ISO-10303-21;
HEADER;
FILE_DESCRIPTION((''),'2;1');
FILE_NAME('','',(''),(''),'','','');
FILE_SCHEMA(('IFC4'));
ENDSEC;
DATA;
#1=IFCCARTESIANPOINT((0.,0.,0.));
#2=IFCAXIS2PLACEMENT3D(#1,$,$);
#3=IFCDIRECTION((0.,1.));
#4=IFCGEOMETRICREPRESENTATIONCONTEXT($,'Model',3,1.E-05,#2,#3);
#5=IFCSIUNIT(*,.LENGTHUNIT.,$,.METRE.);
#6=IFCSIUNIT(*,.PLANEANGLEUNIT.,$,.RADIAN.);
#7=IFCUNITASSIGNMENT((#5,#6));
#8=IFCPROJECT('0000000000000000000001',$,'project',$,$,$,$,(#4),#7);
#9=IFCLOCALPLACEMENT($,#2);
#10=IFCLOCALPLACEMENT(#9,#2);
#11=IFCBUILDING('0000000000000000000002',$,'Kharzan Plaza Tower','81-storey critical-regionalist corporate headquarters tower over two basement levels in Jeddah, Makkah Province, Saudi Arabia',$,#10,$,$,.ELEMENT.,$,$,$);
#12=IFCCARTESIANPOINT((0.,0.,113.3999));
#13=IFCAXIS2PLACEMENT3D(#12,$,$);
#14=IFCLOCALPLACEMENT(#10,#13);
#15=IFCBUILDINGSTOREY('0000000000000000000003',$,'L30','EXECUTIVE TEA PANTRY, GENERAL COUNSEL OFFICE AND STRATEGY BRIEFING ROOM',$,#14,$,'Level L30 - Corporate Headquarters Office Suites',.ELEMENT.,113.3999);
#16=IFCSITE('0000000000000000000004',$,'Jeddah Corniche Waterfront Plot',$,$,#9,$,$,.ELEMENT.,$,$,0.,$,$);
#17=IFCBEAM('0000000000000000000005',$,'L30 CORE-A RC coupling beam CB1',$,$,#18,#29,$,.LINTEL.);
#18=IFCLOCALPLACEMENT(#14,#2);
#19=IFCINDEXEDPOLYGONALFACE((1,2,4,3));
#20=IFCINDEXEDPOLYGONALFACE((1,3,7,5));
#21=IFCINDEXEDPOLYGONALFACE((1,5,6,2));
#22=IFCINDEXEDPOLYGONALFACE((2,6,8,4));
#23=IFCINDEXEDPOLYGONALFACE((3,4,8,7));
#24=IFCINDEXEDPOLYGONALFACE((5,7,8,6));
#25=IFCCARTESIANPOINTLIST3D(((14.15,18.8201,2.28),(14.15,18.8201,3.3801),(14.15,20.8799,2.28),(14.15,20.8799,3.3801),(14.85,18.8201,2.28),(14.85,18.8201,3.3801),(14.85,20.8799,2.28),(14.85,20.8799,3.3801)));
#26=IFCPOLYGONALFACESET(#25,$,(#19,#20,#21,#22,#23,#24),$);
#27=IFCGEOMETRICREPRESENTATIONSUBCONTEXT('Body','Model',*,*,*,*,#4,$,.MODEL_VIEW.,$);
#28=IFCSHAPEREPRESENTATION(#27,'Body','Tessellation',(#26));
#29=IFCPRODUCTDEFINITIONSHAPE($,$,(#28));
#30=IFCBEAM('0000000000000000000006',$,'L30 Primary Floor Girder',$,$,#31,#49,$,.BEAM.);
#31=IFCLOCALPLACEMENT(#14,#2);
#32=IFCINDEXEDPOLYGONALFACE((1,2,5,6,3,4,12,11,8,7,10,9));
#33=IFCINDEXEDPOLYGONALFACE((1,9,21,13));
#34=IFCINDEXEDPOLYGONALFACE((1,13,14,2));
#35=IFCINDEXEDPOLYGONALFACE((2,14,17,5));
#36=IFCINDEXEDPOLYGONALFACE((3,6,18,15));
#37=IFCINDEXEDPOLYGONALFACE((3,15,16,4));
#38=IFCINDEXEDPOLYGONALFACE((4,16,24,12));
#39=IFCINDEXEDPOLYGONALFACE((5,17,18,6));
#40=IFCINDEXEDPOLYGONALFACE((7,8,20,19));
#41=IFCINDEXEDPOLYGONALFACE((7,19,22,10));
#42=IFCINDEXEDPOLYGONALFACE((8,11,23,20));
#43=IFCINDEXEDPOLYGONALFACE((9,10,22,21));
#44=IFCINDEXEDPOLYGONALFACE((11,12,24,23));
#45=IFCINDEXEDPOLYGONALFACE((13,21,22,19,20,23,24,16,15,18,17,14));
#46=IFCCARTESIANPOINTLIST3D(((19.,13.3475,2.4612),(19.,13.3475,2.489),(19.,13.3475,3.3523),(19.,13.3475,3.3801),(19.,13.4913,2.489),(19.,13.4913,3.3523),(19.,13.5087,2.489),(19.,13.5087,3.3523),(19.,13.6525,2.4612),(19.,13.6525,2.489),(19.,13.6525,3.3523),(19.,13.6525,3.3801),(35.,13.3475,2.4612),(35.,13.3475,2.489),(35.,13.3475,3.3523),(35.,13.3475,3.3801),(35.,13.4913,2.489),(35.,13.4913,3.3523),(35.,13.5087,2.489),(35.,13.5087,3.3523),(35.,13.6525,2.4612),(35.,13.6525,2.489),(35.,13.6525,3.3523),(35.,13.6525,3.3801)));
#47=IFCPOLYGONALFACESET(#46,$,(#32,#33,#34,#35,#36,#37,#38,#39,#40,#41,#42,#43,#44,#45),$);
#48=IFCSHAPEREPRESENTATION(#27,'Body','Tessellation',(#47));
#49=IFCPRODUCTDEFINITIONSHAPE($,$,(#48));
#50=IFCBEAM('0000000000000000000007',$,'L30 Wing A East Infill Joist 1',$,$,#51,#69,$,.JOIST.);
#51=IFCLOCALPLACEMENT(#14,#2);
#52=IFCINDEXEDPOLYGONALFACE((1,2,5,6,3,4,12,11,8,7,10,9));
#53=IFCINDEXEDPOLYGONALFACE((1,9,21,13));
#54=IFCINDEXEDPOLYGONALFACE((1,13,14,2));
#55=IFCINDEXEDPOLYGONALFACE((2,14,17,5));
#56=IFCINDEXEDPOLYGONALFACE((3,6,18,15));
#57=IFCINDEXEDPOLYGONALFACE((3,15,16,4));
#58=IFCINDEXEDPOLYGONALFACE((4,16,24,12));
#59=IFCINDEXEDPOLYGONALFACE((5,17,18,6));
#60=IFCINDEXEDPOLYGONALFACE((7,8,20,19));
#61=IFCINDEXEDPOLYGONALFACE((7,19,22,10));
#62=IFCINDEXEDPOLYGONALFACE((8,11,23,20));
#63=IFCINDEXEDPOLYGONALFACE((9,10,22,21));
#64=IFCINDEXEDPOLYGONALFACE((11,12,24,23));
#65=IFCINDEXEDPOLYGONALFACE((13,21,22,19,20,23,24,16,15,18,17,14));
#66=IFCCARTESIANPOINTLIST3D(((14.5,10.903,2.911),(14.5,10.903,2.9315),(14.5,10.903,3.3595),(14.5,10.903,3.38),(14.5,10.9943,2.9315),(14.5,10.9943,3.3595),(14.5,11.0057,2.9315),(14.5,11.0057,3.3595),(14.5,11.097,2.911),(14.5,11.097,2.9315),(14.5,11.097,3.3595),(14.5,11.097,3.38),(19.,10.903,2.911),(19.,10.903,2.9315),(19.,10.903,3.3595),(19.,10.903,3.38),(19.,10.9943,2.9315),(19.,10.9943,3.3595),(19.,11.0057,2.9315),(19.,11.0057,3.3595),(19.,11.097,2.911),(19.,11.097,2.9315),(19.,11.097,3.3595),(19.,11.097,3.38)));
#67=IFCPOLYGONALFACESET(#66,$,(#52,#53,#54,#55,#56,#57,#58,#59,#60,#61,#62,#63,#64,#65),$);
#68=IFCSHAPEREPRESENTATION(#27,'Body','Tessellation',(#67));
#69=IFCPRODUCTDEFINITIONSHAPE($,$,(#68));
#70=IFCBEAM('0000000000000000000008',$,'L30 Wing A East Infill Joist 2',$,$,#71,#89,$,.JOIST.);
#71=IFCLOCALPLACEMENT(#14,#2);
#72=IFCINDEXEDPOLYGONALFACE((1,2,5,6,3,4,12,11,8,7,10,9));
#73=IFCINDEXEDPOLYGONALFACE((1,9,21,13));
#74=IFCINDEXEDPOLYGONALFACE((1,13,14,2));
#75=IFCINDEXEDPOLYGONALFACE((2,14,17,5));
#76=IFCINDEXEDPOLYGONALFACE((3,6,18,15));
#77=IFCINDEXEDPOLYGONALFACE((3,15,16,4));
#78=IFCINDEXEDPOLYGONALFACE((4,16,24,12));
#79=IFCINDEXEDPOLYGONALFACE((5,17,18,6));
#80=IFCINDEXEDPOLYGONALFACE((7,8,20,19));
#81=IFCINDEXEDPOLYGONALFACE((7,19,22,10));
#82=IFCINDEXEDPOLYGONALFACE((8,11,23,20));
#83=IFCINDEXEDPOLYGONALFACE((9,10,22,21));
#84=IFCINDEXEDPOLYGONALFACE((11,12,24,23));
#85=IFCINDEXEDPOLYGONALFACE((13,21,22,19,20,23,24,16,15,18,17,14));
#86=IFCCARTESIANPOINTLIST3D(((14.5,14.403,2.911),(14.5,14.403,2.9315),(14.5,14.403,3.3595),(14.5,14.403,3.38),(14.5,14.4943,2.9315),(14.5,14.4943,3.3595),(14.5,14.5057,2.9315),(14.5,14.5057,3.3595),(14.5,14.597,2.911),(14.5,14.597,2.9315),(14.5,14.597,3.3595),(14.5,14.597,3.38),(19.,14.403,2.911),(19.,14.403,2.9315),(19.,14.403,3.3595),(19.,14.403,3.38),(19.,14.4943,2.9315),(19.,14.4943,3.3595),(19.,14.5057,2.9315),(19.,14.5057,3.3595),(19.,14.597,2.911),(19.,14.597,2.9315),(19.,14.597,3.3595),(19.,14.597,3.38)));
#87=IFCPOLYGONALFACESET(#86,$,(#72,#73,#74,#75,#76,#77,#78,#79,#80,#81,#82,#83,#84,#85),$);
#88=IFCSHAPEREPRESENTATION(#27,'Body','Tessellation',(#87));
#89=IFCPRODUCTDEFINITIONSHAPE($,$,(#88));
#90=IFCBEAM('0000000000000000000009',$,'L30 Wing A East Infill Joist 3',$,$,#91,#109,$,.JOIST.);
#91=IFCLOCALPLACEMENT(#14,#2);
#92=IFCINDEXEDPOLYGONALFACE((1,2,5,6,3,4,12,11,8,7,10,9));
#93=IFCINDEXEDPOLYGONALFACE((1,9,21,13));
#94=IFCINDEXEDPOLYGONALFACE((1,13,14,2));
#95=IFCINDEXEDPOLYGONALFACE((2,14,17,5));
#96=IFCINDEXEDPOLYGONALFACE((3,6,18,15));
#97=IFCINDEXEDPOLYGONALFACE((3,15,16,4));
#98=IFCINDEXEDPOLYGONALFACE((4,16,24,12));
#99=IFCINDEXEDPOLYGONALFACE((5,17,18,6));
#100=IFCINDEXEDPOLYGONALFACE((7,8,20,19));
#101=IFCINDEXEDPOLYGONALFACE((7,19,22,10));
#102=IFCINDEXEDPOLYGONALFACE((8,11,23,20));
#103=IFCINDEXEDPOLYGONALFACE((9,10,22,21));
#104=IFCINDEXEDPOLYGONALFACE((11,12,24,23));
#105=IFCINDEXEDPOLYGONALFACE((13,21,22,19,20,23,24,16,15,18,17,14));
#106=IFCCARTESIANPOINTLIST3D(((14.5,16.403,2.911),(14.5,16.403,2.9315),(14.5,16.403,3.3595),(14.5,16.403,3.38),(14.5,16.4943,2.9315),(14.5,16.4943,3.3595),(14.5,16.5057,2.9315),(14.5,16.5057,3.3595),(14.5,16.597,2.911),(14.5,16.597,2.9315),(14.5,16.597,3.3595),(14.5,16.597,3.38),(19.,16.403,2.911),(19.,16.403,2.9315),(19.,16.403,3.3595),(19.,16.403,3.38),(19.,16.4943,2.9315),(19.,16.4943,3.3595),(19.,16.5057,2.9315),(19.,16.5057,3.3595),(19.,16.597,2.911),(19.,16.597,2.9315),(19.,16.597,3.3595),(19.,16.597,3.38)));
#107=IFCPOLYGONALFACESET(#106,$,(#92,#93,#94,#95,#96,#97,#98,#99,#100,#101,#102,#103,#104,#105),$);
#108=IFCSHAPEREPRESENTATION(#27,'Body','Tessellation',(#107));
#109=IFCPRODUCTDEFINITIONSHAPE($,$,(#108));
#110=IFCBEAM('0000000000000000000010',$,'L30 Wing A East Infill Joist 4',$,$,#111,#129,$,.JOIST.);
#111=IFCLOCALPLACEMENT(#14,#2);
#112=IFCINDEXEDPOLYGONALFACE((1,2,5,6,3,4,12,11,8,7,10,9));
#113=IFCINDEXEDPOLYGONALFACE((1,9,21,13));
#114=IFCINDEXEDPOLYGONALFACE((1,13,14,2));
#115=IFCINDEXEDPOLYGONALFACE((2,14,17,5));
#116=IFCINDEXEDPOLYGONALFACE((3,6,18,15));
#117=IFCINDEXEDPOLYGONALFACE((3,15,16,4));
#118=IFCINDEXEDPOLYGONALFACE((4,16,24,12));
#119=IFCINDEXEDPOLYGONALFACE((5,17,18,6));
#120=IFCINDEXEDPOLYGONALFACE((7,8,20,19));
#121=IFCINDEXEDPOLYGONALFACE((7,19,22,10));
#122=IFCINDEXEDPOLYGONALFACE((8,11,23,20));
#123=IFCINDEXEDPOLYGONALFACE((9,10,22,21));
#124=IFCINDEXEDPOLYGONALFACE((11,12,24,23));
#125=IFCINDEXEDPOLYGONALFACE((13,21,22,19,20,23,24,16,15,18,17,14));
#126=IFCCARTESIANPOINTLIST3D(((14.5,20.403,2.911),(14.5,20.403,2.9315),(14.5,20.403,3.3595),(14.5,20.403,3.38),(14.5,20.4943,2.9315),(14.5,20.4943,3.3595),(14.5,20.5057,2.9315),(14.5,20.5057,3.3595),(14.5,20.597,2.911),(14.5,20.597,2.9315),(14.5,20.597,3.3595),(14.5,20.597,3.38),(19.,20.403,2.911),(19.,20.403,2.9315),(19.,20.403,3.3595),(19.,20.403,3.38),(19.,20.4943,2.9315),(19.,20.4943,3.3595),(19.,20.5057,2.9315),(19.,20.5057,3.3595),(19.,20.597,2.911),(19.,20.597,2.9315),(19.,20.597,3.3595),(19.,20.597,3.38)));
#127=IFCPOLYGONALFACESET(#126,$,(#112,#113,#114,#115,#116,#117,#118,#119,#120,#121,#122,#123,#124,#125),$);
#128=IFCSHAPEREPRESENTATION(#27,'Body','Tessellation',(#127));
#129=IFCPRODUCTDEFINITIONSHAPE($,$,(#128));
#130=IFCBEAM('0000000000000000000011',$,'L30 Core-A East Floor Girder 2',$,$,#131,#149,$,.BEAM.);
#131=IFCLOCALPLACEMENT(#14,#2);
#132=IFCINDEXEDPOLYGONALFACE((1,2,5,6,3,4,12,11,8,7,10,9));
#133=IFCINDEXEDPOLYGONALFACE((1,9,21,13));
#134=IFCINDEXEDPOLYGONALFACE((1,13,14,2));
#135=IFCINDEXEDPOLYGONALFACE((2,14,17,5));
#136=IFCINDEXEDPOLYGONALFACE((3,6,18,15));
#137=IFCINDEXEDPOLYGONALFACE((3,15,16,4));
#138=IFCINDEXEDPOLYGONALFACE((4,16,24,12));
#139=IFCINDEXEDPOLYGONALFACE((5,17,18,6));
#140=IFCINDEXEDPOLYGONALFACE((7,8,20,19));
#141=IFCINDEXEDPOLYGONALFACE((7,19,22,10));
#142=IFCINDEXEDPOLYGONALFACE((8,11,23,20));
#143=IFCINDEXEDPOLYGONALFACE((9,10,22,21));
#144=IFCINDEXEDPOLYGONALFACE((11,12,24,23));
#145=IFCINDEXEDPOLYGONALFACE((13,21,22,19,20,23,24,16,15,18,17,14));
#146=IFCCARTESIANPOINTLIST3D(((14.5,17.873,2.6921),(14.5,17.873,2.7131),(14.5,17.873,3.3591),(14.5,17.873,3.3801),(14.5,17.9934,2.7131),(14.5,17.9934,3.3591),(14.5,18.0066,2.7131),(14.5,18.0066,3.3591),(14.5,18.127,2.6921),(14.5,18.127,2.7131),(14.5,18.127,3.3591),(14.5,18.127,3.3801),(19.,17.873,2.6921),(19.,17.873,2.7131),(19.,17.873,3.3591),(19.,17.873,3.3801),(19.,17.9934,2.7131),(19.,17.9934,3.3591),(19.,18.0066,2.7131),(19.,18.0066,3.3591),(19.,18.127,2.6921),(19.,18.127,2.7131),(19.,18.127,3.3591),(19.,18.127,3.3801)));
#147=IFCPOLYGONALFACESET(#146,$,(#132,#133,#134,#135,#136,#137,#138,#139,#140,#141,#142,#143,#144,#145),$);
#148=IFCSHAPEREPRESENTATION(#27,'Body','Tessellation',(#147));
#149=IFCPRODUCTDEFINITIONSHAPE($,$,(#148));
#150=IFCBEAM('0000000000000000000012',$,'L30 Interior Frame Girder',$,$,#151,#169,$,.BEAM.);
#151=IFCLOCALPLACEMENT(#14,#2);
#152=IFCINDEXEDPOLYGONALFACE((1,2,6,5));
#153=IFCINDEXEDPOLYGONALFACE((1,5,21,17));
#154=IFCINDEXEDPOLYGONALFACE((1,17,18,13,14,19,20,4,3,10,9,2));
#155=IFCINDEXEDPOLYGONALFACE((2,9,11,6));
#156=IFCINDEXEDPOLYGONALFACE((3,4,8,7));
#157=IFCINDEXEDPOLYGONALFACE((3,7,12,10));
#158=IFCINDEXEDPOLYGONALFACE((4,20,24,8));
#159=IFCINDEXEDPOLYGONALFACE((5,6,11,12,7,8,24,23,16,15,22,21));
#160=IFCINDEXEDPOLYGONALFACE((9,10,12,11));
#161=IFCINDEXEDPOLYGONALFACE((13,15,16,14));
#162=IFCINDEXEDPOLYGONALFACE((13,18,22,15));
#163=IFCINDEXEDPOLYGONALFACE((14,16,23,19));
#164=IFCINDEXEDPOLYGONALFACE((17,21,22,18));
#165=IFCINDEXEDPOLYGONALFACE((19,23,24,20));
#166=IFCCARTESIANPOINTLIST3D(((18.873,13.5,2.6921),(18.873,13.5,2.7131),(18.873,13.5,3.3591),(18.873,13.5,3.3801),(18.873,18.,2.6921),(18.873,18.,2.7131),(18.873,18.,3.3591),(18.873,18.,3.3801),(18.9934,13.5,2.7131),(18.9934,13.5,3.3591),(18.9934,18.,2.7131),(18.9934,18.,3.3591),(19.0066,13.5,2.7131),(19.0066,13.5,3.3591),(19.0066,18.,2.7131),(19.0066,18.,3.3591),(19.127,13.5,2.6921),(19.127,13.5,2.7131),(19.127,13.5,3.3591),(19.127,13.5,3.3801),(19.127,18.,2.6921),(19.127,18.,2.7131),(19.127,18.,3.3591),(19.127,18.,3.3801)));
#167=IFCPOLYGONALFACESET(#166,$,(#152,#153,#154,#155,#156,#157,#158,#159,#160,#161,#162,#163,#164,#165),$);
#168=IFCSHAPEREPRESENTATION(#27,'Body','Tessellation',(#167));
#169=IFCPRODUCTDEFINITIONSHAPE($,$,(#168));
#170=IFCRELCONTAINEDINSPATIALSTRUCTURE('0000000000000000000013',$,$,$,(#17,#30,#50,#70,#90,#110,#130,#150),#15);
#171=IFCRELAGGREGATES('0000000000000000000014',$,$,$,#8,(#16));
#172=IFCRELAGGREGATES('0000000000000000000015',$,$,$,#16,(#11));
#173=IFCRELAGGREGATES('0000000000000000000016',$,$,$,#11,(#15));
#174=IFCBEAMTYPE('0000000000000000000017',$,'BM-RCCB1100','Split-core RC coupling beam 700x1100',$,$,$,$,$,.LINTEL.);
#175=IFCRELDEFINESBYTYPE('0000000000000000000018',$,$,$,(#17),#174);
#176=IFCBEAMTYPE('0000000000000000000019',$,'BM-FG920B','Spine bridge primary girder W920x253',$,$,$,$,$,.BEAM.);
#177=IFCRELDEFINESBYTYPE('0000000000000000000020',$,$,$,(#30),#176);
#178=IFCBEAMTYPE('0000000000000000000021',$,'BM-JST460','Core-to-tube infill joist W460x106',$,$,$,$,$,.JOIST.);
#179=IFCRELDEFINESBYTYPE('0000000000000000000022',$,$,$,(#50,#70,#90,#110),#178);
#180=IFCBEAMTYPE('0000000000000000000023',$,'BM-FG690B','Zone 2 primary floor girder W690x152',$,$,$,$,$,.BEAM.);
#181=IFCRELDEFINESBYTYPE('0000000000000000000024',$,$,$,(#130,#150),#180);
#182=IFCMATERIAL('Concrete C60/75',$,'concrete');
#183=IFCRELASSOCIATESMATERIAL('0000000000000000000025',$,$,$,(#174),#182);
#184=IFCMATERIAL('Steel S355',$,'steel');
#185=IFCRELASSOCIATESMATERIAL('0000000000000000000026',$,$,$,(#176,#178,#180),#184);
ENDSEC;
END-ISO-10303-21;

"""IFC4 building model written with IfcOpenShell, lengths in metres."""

from ifc_helpers import new_model, si_unit, direction, frame, origin, origin_2d, place, context, subcontext, project, spatial, rectangle, i_section, extrude, source, transform, mapped, material, material_profile, profile_set, type_object, element, save


model = new_model("IFC4")

# Units and contexts
model_context = context("Model", 3, precision=1e-05, world=origin(), true_north=direction((0.0, 1.0)))
body_context = subcontext(model_context, "Body", "Model", "MODEL_VIEW")
ifc_project = project(units=[si_unit("LENGTHUNIT", "METRE"), si_unit("PLANEANGLEUNIT", "RADIAN")], contexts=[model_context])

# Site, building, storey
site_placement = place(None, origin())
site = spatial("IfcSite", under=ifc_project, at=site_placement, Name="Jeddah Corniche Waterfront Plot", CompositionType="ELEMENT", RefElevation=0.0)
building_placement = place(site_placement, origin())
building = spatial("IfcBuilding", under=site, at=building_placement, Name="Kharzan Plaza Tower", Description="81-storey critical-regionalist corporate headquarters tower over two basement levels in Jeddah, Makkah Province, Saudi Arabia", CompositionType="ELEMENT")
storey_placement = place(building_placement, frame((0.0, 0.0, 113.3999)))
storey = spatial("IfcBuildingStorey", under=building, at=storey_placement, Name="L30", Description="EXECUTIVE TEA PANTRY, GENERAL COUNSEL OFFICE AND STRATEGY BRIEFING ROOM", LongName="Level L30 - Corporate Headquarters Office Suites", CompositionType="ELEMENT", Elevation=113.3999)

# Beams
ifc_material_1 = material(Name="Concrete C60/75", Category="concrete")
ifc_material_profile_1 = material_profile(ifc_material_1, rectangle(XDim=0.7, YDim=1.1001, at=origin_2d()), Name="RC-CB1100x700")
ifc_profile_set_1 = profile_set([ifc_material_profile_1], Name="Concrete C60/75")
beam_type_1 = type_object("IfcBeamType", Name="BM-RCCB1100", Description="Split-core RC coupling beam 700x1100", PredefinedType="LINTEL", material=ifc_profile_set_1)
shared_shape_1 = source(origin(), body_context, "Body", "SweptSolid", [
    extrude(rectangle(XDim=0.7, YDim=1.1001, at=origin_2d()), origin(), (0.0, 0.0, 1.0), 2.0598),
])
beam_1_placement = place(storey_placement, frame((14.5, 18.8201, 2.8301), z_axis=(0.0, 1.0, 0.0), x_axis=(-1.0, 0.0, 0.0)))
element("IfcBeam", 1, at=beam_1_placement, inside=storey, type_object=beam_type_1, Name="L30 CORE-A RC coupling beam CB1", PredefinedType="LINTEL", context=body_context, shape_type="MappedRepresentation", body=[
    mapped(shared_shape_1, transform((0.0, 0.0, 0.0), x_axis=(1.0, 0.0, 0.0), y_axis=(0.0, 1.0, 0.0), z_axis=(0.0, 0.0, 1.0))),
])
ifc_material_2 = material(Name="Steel S355", Category="steel")
ifc_material_profile_2 = material_profile(ifc_material_2, i_section(OverallWidth=0.3049, OverallDepth=0.9189, WebThickness=0.0173, FlangeThickness=0.0278, at=origin_2d()), Name="W920x253")
ifc_profile_set_2 = profile_set([ifc_material_profile_2], Name="Steel S355")
beam_type_2 = type_object("IfcBeamType", Name="BM-FG920B", Description="Spine bridge primary girder W920x253", PredefinedType="BEAM", material=ifc_profile_set_2)
shared_shape_2 = source(origin(), body_context, "Body", "SweptSolid", [
    extrude(i_section(OverallWidth=0.3049, OverallDepth=0.9189, WebThickness=0.0173, FlangeThickness=0.0278, at=origin_2d()), origin(), (0.0, 0.0, 1.0), 16.0),
])
beam_2_placement = place(storey_placement, frame((19.0, 13.5, 2.9207), z_axis=(1.0, 0.0, 0.0), x_axis=(0.0, 1.0, 0.0)))
element("IfcBeam", 2, at=beam_2_placement, inside=storey, type_object=beam_type_2, Name="L30 Primary Floor Girder", PredefinedType="BEAM", context=body_context, shape_type="MappedRepresentation", body=[
    mapped(shared_shape_2, transform((0.0, 0.0, 0.0), x_axis=(1.0, 0.0, 0.0), y_axis=(0.0, 1.0, 0.0), z_axis=(0.0, 0.0, 1.0))),
])
ifc_material_profile_3 = material_profile(ifc_material_2, i_section(OverallWidth=0.1941, OverallDepth=0.469, WebThickness=0.0115, FlangeThickness=0.0205, at=origin_2d()), Name="W460x106")
ifc_profile_set_3 = profile_set([ifc_material_profile_3], Name="Steel S355")
beam_type_3 = type_object("IfcBeamType", Name="BM-JST460", Description="Core-to-tube infill joist W460x106", PredefinedType="JOIST", material=ifc_profile_set_3)
shared_shape_3 = source(origin(), body_context, "Body", "SweptSolid", [
    extrude(i_section(OverallWidth=0.1941, OverallDepth=0.469, WebThickness=0.0115, FlangeThickness=0.0205, at=origin_2d()), origin(), (0.0, 0.0, 1.0), 4.5),
])
for number, where, z_axis, x_axis, name in (
    (3, (14.5, 11.0, 3.1455), (1.0, 0.0, 0.0), (0.0, 1.0, 0.0), "L30 Wing A East Infill Joist 1"),
    (4, (14.5, 14.5, 3.1455), (1.0, 0.0, 0.0), (0.0, 1.0, 0.0), "L30 Wing A East Infill Joist 2"),
    (5, (14.5, 16.5, 3.1455), (1.0, 0.0, 0.0), (0.0, 1.0, 0.0), "L30 Wing A East Infill Joist 3"),
    (6, (14.5, 20.5, 3.1455), (1.0, 0.0, 0.0), (0.0, 1.0, 0.0), "L30 Wing A East Infill Joist 4"),
):
    element("IfcBeam", number, at=place(storey_placement, frame(where, z_axis=z_axis, x_axis=x_axis)), inside=storey, type_object=beam_type_3, Name=name, PredefinedType="JOIST", context=body_context, shape_type="MappedRepresentation", body=[
        mapped(shared_shape_3, transform((0.0, 0.0, 0.0), x_axis=(1.0, 0.0, 0.0), y_axis=(0.0, 1.0, 0.0), z_axis=(0.0, 0.0, 1.0))),
    ])
ifc_material_profile_4 = material_profile(ifc_material_2, i_section(OverallWidth=0.2539, OverallDepth=0.688, WebThickness=0.0132, FlangeThickness=0.021, at=origin_2d()), Name="W690x152")
ifc_profile_set_4 = profile_set([ifc_material_profile_4], Name="Steel S355")
beam_type_4 = type_object("IfcBeamType", Name="BM-FG690B", Description="Zone 2 primary floor girder W690x152", PredefinedType="BEAM", material=ifc_profile_set_4)
shared_shape_4 = source(origin(), body_context, "Body", "SweptSolid", [
    extrude(i_section(OverallWidth=0.2539, OverallDepth=0.688, WebThickness=0.0132, FlangeThickness=0.021, at=origin_2d()), origin(), (0.0, 0.0, 1.0), 4.5),
])
for number, where, z_axis, x_axis, name in (
    (7, (14.5, 18.0, 3.0361), (1.0, 0.0, 0.0), (0.0, 1.0, 0.0), "L30 Core-A East Floor Girder 2"),
    (8, (19.0, 13.5, 3.0361), (0.0, 1.0, 0.0), (-1.0, 0.0, 0.0), "L30 Interior Frame Girder"),
):
    element("IfcBeam", number, at=place(storey_placement, frame(where, z_axis=z_axis, x_axis=x_axis)), inside=storey, type_object=beam_type_4, Name=name, PredefinedType="BEAM", context=body_context, shape_type="MappedRepresentation", body=[
        mapped(shared_shape_4, transform((0.0, 0.0, 0.0), x_axis=(1.0, 0.0, 0.0), y_axis=(0.0, 1.0, 0.0), z_axis=(0.0, 0.0, 1.0))),
    ])

save(model, "model.ifc")
